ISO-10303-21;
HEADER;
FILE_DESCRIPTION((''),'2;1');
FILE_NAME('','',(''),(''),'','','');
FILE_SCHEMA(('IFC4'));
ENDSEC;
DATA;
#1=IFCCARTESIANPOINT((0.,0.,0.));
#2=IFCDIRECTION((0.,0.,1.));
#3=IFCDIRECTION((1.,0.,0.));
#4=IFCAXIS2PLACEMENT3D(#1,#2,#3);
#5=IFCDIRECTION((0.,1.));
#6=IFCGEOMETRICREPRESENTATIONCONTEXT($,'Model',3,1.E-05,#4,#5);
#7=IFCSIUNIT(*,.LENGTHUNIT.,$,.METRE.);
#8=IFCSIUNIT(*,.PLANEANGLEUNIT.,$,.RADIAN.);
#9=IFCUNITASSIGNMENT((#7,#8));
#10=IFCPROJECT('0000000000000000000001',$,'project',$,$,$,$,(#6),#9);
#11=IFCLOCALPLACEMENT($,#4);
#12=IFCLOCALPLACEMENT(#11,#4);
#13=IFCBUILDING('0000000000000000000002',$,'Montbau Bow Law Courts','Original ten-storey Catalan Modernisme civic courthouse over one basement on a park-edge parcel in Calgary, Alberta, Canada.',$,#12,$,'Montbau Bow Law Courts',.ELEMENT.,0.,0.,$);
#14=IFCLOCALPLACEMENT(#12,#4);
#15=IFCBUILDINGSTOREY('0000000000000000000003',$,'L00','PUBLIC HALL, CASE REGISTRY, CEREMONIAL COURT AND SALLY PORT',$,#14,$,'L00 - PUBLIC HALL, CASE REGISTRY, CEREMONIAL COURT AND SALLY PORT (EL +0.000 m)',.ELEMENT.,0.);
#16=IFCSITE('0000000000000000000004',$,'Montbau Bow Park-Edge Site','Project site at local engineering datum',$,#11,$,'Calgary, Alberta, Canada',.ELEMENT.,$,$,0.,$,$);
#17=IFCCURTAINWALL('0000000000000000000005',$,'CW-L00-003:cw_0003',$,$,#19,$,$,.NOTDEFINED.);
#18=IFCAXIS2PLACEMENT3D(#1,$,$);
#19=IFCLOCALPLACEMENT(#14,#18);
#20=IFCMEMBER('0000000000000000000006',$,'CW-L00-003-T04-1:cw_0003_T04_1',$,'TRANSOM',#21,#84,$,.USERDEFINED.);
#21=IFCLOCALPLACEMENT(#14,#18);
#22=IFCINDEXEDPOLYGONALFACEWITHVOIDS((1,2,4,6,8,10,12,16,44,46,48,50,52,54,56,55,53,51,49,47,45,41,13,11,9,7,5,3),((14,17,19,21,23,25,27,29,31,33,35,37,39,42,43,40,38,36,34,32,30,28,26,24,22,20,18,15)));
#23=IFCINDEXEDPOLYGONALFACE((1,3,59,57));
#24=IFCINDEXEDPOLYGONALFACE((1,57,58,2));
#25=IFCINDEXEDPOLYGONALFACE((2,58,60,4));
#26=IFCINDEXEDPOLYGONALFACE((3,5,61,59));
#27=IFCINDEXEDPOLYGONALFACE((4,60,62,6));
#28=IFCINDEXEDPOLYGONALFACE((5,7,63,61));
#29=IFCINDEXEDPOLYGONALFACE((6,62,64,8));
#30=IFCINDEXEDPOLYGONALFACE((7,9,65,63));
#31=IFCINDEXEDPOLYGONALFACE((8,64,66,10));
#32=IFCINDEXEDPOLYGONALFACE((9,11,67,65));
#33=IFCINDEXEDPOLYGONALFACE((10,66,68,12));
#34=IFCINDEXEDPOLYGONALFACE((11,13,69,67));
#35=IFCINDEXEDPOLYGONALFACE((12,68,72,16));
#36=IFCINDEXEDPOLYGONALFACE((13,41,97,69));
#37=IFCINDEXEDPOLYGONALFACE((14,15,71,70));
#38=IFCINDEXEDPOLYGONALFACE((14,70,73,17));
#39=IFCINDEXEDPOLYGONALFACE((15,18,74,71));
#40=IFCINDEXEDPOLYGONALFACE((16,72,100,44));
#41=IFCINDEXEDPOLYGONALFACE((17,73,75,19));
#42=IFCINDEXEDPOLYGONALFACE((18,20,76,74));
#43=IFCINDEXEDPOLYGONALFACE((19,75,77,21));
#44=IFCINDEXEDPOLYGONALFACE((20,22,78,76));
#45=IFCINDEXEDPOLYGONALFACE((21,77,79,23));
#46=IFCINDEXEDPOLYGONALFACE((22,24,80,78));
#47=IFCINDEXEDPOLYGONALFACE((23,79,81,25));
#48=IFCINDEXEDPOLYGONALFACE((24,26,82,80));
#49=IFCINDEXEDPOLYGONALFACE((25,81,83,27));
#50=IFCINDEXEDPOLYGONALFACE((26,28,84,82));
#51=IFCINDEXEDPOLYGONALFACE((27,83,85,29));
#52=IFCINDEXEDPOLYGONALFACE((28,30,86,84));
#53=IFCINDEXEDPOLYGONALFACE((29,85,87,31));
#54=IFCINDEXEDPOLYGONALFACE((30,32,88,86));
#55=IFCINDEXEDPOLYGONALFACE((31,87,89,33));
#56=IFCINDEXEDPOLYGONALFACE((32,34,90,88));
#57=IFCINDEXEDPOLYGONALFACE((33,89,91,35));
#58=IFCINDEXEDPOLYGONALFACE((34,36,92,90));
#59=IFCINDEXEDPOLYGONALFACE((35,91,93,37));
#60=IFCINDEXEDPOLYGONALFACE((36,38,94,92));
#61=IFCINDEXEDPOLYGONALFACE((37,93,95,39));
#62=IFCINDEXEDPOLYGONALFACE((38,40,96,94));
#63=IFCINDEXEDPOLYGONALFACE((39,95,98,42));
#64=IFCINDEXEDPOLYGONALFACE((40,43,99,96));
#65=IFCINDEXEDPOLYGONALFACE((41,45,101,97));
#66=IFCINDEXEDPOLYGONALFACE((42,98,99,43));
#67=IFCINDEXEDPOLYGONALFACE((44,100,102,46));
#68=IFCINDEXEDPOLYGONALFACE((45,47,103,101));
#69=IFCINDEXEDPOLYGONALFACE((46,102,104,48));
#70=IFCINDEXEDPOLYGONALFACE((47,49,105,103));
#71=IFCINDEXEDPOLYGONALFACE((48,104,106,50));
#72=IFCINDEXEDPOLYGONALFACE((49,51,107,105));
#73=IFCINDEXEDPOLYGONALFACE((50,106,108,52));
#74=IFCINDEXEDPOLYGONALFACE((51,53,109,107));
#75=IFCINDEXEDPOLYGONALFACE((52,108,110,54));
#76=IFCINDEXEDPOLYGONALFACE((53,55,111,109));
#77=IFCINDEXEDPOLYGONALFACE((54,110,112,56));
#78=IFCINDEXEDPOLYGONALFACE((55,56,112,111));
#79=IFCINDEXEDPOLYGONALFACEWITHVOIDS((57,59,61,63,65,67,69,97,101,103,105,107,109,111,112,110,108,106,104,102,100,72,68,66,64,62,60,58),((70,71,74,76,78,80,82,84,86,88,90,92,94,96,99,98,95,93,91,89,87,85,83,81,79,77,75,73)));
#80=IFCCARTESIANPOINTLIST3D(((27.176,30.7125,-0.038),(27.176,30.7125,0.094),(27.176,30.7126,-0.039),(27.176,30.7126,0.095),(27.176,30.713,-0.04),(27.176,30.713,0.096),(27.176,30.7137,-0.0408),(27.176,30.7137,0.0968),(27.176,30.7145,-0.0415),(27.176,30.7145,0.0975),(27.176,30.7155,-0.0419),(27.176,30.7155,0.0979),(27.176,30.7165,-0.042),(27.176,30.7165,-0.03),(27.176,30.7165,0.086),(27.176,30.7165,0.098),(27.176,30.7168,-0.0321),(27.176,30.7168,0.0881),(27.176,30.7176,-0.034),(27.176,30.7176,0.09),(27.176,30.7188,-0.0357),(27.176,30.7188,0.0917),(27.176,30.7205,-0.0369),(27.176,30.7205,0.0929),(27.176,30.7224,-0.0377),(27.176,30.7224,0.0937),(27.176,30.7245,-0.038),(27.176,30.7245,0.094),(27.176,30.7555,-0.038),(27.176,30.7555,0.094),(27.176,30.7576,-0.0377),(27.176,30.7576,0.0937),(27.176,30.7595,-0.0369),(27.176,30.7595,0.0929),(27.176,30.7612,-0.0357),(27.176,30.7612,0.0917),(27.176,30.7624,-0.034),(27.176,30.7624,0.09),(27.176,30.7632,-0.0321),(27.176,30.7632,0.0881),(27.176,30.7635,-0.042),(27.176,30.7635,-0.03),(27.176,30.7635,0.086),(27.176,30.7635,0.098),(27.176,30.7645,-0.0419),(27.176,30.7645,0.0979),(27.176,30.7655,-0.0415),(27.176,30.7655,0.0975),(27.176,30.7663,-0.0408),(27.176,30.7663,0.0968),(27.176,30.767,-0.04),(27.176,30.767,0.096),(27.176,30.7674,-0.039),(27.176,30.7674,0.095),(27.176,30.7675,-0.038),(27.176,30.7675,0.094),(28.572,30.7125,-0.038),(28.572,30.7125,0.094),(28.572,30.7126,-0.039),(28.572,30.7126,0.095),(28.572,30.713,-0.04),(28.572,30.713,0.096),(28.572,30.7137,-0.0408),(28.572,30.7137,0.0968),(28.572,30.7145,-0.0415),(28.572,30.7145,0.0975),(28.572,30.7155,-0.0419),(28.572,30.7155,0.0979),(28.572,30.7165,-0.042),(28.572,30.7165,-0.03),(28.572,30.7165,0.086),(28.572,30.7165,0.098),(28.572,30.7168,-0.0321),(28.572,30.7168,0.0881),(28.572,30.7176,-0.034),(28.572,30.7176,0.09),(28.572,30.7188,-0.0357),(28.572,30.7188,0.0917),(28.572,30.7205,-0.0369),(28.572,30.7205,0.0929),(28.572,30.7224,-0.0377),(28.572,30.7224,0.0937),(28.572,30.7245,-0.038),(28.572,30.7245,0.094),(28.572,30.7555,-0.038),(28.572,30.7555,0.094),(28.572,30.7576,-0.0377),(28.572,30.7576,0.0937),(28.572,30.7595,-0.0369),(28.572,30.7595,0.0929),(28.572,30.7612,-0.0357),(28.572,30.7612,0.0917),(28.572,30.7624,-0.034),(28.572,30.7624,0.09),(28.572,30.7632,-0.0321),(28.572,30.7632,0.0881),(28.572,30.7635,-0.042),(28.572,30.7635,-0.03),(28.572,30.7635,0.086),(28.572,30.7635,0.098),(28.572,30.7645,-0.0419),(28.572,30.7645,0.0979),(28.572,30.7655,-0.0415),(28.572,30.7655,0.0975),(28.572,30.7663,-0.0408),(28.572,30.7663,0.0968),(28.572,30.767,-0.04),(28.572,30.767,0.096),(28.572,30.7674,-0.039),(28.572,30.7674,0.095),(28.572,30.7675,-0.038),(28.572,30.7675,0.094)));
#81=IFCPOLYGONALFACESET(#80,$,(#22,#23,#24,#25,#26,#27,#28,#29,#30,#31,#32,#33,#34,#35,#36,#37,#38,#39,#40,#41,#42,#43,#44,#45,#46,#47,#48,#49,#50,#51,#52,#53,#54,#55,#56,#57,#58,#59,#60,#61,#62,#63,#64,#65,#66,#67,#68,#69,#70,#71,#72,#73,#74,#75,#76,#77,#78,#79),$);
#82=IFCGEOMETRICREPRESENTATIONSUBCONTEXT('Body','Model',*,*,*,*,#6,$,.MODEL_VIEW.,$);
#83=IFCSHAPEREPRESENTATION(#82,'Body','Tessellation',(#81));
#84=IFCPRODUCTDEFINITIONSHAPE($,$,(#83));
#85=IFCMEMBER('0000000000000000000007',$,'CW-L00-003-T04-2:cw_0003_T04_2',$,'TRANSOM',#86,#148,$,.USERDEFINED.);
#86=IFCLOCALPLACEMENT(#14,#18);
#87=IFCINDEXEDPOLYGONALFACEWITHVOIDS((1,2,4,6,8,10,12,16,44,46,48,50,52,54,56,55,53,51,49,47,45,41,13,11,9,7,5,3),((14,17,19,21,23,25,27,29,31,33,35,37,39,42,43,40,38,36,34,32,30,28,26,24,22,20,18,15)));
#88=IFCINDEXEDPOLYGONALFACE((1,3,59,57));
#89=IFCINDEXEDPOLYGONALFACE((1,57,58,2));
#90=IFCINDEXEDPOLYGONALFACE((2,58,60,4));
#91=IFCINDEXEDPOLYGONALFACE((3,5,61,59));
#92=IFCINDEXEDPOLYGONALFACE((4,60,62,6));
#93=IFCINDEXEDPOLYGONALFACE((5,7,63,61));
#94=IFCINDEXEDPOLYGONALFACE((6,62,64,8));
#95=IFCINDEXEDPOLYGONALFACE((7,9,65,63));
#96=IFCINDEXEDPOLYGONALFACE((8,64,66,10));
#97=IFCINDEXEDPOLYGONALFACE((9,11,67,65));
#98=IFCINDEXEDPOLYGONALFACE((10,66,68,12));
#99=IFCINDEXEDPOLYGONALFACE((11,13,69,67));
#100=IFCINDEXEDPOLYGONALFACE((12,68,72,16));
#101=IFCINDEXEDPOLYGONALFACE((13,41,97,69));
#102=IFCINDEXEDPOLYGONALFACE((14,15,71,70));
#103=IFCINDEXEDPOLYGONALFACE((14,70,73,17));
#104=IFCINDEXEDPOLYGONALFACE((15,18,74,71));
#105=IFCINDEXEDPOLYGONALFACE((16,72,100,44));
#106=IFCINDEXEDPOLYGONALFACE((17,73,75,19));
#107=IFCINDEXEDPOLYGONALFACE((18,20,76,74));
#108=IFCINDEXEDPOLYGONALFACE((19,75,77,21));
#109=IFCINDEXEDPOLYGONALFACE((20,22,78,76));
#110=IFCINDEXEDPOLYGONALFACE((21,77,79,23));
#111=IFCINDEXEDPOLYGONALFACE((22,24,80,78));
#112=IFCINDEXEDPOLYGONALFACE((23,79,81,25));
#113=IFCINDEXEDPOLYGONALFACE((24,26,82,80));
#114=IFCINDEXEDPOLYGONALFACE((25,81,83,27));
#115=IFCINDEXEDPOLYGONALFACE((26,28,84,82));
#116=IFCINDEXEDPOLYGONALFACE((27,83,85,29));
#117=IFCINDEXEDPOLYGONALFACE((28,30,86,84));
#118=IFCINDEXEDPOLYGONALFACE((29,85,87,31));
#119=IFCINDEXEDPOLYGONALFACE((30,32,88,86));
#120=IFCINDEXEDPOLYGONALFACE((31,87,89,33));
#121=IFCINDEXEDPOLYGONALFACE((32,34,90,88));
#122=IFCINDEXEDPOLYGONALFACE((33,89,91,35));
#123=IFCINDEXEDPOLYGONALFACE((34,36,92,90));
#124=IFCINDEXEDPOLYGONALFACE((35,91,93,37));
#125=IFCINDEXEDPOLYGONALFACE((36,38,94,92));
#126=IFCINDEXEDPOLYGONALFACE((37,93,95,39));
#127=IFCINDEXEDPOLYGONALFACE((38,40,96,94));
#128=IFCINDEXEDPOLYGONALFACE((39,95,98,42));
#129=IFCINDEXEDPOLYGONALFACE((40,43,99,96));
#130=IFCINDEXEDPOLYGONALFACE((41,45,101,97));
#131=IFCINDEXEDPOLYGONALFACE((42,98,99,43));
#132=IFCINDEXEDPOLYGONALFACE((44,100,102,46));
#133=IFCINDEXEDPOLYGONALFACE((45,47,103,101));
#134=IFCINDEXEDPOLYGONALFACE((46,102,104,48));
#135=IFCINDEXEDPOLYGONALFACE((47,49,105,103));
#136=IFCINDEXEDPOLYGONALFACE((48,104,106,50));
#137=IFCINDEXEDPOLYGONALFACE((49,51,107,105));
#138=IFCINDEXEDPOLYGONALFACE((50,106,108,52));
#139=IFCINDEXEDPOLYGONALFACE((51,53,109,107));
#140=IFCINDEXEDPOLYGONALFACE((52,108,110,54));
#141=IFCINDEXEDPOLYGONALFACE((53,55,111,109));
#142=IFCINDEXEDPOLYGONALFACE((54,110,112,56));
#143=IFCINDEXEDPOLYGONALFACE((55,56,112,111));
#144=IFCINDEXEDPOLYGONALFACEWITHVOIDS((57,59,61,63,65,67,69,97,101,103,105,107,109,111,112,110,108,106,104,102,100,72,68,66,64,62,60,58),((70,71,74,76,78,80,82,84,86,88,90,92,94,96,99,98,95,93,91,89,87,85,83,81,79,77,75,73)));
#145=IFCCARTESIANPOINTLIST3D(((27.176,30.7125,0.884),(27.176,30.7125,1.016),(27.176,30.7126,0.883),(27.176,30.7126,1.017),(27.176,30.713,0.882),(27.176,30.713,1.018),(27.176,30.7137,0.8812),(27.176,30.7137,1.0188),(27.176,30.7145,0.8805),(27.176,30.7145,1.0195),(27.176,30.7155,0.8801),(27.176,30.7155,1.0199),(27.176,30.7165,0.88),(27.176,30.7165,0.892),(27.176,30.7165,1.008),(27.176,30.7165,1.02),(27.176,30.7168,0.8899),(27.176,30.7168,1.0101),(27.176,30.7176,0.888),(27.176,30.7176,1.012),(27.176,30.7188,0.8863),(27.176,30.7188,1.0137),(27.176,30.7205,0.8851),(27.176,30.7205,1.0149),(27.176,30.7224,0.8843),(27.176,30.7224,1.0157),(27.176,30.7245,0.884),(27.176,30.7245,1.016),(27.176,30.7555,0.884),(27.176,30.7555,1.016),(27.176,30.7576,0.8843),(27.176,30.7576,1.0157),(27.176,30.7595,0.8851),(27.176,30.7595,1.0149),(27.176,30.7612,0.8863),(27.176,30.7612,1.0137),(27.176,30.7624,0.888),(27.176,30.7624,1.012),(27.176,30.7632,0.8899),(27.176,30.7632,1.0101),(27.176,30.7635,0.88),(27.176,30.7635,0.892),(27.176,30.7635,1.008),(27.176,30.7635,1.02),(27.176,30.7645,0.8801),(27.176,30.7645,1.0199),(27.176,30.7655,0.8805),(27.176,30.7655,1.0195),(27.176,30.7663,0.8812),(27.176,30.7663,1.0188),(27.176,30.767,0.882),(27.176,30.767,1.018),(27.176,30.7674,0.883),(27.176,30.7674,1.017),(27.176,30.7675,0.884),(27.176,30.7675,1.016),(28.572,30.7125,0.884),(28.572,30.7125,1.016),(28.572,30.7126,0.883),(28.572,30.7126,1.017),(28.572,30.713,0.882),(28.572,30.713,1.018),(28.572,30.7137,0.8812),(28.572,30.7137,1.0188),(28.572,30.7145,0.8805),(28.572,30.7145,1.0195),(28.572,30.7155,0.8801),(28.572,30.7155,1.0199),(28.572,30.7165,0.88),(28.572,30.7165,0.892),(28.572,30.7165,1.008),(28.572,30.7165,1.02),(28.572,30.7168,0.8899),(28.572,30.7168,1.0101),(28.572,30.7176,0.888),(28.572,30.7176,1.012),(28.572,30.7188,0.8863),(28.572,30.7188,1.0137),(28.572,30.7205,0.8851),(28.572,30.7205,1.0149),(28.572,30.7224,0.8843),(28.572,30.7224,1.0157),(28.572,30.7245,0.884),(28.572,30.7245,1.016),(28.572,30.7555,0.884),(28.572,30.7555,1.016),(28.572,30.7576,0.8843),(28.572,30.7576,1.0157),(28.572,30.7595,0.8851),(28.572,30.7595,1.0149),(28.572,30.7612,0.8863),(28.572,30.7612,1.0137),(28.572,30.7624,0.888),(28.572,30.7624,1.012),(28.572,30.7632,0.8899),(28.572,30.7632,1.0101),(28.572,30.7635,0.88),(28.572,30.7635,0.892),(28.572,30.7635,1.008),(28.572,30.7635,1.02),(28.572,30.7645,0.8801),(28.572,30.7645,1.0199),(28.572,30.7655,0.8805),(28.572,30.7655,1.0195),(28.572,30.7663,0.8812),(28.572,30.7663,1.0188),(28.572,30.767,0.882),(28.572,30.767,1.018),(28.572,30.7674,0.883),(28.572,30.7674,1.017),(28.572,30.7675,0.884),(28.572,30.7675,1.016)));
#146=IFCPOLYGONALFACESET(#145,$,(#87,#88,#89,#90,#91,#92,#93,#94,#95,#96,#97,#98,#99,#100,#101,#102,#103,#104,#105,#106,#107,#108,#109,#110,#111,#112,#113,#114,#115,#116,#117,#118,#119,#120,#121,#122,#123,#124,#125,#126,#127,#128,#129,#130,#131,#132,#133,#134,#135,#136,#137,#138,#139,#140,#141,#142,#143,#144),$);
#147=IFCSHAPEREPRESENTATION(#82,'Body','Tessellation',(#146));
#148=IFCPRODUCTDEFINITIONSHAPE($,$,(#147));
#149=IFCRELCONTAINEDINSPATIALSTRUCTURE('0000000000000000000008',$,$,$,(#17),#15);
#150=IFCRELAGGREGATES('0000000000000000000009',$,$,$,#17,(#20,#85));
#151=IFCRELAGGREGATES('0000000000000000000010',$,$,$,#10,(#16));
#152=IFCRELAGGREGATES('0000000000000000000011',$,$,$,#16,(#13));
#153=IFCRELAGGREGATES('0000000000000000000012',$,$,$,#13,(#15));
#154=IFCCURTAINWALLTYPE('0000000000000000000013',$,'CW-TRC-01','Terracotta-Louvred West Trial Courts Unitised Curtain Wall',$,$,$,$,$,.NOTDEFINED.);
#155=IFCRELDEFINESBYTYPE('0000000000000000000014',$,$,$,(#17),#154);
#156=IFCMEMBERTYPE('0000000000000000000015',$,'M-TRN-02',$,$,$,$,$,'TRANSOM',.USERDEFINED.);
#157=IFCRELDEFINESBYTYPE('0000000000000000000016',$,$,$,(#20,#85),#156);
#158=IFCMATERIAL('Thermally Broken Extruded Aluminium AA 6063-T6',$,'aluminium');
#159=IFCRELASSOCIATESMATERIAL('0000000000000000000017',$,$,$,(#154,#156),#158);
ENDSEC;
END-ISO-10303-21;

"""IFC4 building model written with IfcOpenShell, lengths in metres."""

from ifc_helpers import new_model, si_unit, direction, frame, origin_with_axes, origin_2d_with_axis, place, context, subcontext, project, spatial, hollow_rectangle, extrude, material, material_profile, profile_set, type_object, element, aggregate, save


model = new_model("IFC4")

# Units and contexts
model_context = context("Model", 3, precision=1e-05, world=origin_with_axes(), true_north=direction((0.0, 1.0)))
body_context = subcontext(model_context, "Body", "Model", "MODEL_VIEW")
ifc_project = project(units=[si_unit("LENGTHUNIT", "METRE"), si_unit("PLANEANGLEUNIT", "RADIAN")], contexts=[model_context])

# Site, building, storey
site_placement = place(None, origin_with_axes())
site = spatial("IfcSite", under=ifc_project, at=site_placement, Name="Montbau Bow Park-Edge Site", Description="Project site at local engineering datum", LongName="Calgary, Alberta, Canada", CompositionType="ELEMENT", RefElevation=0.0)
building_placement = place(site_placement, origin_with_axes())
building = spatial("IfcBuilding", under=site, at=building_placement, Name="Montbau Bow Law Courts", Description="Original ten-storey Catalan Modernisme civic courthouse over one basement on a park-edge parcel in Calgary, Alberta, Canada.", LongName="Montbau Bow Law Courts", CompositionType="ELEMENT", ElevationOfRefHeight=0.0, ElevationOfTerrain=0.0)
storey_placement = place(building_placement, origin_with_axes())
storey = spatial("IfcBuildingStorey", under=building, at=storey_placement, Name="L00", Description="PUBLIC HALL, CASE REGISTRY, CEREMONIAL COURT AND SALLY PORT", LongName="L00 - PUBLIC HALL, CASE REGISTRY, CEREMONIAL COURT AND SALLY PORT (EL +0.000 m)", CompositionType="ELEMENT", Elevation=0.0)

# Curtain wall
ifc_material_1 = material(Name="Thermally Broken Extruded Aluminium AA 6063-T6", Category="aluminium")
curtain_wall_type = type_object("IfcCurtainWallType", Name="CW-TRC-01", Description="Terracotta-Louvred West Trial Courts Unitised Curtain Wall", PredefinedType="NOTDEFINED", material=ifc_material_1)
curtain_wall_1_placement = place(None, frame((22.715, 30.74, 0.0), z_axis=(0.0, 0.0, 1.0), x_axis=(1.0, 0.0, 0.0)))
curtain_wall_1 = element("IfcCurtainWall", 1, at=curtain_wall_1_placement, inside=storey, type_object=curtain_wall_type, Name="CW-L00-003:cw_0003", PredefinedType="NOTDEFINED")

# Members
ifc_material_profile_1 = material_profile(ifc_material_1, hollow_rectangle(XDim=0.055, YDim=0.14, WallThickness=0.004, InnerFilletRadius=0.008, OuterFilletRadius=0.004, at=origin_2d_with_axis()), Name="CWT-140X55", Category="Main", Priority=0)
ifc_profile_set_1 = profile_set([ifc_material_profile_1], Name="Thermally Broken Extruded Aluminium AA 6063-T6")
member_type_1 = type_object("IfcMemberType", Name="M-TRN-02", ElementType="TRANSOM", PredefinedType="USERDEFINED", material=ifc_profile_set_1)
member_1_placement = place(None, frame((27.176, 30.74, 0.028), z_axis=(1.0, 0.0, 0.0), x_axis=(0.0, 1.0, 0.0)))
member_1 = element("IfcMember", 2, at=member_1_placement, type_object=member_type_1, Name="CW-L00-003-T04-1:cw_0003_T04_1", ObjectType="TRANSOM", PredefinedType="USERDEFINED", context=body_context, shape_type="SweptSolid", body=[
    extrude(hollow_rectangle(XDim=0.055, YDim=0.14, WallThickness=0.004, InnerFilletRadius=0.008, OuterFilletRadius=0.004, at=origin_2d_with_axis()), origin_with_axes(), (0.0, 0.0, 1.0), 1.396),
])
member_2_placement = place(None, frame((27.176, 30.74, 0.95), z_axis=(1.0, 0.0, 0.0), x_axis=(0.0, 1.0, 0.0)))
member_2 = element("IfcMember", 3, at=member_2_placement, type_object=member_type_1, Name="CW-L00-003-T04-2:cw_0003_T04_2", ObjectType="TRANSOM", PredefinedType="USERDEFINED", context=body_context, shape_type="SweptSolid", body=[
    extrude(hollow_rectangle(XDim=0.055, YDim=0.14, WallThickness=0.004, InnerFilletRadius=0.008, OuterFilletRadius=0.004, at=origin_2d_with_axis()), origin_with_axes(), (0.0, 0.0, 1.0), 1.396),
])

aggregate(curtain_wall_1, [member_1, member_2])

save(model, "model.ifc")
